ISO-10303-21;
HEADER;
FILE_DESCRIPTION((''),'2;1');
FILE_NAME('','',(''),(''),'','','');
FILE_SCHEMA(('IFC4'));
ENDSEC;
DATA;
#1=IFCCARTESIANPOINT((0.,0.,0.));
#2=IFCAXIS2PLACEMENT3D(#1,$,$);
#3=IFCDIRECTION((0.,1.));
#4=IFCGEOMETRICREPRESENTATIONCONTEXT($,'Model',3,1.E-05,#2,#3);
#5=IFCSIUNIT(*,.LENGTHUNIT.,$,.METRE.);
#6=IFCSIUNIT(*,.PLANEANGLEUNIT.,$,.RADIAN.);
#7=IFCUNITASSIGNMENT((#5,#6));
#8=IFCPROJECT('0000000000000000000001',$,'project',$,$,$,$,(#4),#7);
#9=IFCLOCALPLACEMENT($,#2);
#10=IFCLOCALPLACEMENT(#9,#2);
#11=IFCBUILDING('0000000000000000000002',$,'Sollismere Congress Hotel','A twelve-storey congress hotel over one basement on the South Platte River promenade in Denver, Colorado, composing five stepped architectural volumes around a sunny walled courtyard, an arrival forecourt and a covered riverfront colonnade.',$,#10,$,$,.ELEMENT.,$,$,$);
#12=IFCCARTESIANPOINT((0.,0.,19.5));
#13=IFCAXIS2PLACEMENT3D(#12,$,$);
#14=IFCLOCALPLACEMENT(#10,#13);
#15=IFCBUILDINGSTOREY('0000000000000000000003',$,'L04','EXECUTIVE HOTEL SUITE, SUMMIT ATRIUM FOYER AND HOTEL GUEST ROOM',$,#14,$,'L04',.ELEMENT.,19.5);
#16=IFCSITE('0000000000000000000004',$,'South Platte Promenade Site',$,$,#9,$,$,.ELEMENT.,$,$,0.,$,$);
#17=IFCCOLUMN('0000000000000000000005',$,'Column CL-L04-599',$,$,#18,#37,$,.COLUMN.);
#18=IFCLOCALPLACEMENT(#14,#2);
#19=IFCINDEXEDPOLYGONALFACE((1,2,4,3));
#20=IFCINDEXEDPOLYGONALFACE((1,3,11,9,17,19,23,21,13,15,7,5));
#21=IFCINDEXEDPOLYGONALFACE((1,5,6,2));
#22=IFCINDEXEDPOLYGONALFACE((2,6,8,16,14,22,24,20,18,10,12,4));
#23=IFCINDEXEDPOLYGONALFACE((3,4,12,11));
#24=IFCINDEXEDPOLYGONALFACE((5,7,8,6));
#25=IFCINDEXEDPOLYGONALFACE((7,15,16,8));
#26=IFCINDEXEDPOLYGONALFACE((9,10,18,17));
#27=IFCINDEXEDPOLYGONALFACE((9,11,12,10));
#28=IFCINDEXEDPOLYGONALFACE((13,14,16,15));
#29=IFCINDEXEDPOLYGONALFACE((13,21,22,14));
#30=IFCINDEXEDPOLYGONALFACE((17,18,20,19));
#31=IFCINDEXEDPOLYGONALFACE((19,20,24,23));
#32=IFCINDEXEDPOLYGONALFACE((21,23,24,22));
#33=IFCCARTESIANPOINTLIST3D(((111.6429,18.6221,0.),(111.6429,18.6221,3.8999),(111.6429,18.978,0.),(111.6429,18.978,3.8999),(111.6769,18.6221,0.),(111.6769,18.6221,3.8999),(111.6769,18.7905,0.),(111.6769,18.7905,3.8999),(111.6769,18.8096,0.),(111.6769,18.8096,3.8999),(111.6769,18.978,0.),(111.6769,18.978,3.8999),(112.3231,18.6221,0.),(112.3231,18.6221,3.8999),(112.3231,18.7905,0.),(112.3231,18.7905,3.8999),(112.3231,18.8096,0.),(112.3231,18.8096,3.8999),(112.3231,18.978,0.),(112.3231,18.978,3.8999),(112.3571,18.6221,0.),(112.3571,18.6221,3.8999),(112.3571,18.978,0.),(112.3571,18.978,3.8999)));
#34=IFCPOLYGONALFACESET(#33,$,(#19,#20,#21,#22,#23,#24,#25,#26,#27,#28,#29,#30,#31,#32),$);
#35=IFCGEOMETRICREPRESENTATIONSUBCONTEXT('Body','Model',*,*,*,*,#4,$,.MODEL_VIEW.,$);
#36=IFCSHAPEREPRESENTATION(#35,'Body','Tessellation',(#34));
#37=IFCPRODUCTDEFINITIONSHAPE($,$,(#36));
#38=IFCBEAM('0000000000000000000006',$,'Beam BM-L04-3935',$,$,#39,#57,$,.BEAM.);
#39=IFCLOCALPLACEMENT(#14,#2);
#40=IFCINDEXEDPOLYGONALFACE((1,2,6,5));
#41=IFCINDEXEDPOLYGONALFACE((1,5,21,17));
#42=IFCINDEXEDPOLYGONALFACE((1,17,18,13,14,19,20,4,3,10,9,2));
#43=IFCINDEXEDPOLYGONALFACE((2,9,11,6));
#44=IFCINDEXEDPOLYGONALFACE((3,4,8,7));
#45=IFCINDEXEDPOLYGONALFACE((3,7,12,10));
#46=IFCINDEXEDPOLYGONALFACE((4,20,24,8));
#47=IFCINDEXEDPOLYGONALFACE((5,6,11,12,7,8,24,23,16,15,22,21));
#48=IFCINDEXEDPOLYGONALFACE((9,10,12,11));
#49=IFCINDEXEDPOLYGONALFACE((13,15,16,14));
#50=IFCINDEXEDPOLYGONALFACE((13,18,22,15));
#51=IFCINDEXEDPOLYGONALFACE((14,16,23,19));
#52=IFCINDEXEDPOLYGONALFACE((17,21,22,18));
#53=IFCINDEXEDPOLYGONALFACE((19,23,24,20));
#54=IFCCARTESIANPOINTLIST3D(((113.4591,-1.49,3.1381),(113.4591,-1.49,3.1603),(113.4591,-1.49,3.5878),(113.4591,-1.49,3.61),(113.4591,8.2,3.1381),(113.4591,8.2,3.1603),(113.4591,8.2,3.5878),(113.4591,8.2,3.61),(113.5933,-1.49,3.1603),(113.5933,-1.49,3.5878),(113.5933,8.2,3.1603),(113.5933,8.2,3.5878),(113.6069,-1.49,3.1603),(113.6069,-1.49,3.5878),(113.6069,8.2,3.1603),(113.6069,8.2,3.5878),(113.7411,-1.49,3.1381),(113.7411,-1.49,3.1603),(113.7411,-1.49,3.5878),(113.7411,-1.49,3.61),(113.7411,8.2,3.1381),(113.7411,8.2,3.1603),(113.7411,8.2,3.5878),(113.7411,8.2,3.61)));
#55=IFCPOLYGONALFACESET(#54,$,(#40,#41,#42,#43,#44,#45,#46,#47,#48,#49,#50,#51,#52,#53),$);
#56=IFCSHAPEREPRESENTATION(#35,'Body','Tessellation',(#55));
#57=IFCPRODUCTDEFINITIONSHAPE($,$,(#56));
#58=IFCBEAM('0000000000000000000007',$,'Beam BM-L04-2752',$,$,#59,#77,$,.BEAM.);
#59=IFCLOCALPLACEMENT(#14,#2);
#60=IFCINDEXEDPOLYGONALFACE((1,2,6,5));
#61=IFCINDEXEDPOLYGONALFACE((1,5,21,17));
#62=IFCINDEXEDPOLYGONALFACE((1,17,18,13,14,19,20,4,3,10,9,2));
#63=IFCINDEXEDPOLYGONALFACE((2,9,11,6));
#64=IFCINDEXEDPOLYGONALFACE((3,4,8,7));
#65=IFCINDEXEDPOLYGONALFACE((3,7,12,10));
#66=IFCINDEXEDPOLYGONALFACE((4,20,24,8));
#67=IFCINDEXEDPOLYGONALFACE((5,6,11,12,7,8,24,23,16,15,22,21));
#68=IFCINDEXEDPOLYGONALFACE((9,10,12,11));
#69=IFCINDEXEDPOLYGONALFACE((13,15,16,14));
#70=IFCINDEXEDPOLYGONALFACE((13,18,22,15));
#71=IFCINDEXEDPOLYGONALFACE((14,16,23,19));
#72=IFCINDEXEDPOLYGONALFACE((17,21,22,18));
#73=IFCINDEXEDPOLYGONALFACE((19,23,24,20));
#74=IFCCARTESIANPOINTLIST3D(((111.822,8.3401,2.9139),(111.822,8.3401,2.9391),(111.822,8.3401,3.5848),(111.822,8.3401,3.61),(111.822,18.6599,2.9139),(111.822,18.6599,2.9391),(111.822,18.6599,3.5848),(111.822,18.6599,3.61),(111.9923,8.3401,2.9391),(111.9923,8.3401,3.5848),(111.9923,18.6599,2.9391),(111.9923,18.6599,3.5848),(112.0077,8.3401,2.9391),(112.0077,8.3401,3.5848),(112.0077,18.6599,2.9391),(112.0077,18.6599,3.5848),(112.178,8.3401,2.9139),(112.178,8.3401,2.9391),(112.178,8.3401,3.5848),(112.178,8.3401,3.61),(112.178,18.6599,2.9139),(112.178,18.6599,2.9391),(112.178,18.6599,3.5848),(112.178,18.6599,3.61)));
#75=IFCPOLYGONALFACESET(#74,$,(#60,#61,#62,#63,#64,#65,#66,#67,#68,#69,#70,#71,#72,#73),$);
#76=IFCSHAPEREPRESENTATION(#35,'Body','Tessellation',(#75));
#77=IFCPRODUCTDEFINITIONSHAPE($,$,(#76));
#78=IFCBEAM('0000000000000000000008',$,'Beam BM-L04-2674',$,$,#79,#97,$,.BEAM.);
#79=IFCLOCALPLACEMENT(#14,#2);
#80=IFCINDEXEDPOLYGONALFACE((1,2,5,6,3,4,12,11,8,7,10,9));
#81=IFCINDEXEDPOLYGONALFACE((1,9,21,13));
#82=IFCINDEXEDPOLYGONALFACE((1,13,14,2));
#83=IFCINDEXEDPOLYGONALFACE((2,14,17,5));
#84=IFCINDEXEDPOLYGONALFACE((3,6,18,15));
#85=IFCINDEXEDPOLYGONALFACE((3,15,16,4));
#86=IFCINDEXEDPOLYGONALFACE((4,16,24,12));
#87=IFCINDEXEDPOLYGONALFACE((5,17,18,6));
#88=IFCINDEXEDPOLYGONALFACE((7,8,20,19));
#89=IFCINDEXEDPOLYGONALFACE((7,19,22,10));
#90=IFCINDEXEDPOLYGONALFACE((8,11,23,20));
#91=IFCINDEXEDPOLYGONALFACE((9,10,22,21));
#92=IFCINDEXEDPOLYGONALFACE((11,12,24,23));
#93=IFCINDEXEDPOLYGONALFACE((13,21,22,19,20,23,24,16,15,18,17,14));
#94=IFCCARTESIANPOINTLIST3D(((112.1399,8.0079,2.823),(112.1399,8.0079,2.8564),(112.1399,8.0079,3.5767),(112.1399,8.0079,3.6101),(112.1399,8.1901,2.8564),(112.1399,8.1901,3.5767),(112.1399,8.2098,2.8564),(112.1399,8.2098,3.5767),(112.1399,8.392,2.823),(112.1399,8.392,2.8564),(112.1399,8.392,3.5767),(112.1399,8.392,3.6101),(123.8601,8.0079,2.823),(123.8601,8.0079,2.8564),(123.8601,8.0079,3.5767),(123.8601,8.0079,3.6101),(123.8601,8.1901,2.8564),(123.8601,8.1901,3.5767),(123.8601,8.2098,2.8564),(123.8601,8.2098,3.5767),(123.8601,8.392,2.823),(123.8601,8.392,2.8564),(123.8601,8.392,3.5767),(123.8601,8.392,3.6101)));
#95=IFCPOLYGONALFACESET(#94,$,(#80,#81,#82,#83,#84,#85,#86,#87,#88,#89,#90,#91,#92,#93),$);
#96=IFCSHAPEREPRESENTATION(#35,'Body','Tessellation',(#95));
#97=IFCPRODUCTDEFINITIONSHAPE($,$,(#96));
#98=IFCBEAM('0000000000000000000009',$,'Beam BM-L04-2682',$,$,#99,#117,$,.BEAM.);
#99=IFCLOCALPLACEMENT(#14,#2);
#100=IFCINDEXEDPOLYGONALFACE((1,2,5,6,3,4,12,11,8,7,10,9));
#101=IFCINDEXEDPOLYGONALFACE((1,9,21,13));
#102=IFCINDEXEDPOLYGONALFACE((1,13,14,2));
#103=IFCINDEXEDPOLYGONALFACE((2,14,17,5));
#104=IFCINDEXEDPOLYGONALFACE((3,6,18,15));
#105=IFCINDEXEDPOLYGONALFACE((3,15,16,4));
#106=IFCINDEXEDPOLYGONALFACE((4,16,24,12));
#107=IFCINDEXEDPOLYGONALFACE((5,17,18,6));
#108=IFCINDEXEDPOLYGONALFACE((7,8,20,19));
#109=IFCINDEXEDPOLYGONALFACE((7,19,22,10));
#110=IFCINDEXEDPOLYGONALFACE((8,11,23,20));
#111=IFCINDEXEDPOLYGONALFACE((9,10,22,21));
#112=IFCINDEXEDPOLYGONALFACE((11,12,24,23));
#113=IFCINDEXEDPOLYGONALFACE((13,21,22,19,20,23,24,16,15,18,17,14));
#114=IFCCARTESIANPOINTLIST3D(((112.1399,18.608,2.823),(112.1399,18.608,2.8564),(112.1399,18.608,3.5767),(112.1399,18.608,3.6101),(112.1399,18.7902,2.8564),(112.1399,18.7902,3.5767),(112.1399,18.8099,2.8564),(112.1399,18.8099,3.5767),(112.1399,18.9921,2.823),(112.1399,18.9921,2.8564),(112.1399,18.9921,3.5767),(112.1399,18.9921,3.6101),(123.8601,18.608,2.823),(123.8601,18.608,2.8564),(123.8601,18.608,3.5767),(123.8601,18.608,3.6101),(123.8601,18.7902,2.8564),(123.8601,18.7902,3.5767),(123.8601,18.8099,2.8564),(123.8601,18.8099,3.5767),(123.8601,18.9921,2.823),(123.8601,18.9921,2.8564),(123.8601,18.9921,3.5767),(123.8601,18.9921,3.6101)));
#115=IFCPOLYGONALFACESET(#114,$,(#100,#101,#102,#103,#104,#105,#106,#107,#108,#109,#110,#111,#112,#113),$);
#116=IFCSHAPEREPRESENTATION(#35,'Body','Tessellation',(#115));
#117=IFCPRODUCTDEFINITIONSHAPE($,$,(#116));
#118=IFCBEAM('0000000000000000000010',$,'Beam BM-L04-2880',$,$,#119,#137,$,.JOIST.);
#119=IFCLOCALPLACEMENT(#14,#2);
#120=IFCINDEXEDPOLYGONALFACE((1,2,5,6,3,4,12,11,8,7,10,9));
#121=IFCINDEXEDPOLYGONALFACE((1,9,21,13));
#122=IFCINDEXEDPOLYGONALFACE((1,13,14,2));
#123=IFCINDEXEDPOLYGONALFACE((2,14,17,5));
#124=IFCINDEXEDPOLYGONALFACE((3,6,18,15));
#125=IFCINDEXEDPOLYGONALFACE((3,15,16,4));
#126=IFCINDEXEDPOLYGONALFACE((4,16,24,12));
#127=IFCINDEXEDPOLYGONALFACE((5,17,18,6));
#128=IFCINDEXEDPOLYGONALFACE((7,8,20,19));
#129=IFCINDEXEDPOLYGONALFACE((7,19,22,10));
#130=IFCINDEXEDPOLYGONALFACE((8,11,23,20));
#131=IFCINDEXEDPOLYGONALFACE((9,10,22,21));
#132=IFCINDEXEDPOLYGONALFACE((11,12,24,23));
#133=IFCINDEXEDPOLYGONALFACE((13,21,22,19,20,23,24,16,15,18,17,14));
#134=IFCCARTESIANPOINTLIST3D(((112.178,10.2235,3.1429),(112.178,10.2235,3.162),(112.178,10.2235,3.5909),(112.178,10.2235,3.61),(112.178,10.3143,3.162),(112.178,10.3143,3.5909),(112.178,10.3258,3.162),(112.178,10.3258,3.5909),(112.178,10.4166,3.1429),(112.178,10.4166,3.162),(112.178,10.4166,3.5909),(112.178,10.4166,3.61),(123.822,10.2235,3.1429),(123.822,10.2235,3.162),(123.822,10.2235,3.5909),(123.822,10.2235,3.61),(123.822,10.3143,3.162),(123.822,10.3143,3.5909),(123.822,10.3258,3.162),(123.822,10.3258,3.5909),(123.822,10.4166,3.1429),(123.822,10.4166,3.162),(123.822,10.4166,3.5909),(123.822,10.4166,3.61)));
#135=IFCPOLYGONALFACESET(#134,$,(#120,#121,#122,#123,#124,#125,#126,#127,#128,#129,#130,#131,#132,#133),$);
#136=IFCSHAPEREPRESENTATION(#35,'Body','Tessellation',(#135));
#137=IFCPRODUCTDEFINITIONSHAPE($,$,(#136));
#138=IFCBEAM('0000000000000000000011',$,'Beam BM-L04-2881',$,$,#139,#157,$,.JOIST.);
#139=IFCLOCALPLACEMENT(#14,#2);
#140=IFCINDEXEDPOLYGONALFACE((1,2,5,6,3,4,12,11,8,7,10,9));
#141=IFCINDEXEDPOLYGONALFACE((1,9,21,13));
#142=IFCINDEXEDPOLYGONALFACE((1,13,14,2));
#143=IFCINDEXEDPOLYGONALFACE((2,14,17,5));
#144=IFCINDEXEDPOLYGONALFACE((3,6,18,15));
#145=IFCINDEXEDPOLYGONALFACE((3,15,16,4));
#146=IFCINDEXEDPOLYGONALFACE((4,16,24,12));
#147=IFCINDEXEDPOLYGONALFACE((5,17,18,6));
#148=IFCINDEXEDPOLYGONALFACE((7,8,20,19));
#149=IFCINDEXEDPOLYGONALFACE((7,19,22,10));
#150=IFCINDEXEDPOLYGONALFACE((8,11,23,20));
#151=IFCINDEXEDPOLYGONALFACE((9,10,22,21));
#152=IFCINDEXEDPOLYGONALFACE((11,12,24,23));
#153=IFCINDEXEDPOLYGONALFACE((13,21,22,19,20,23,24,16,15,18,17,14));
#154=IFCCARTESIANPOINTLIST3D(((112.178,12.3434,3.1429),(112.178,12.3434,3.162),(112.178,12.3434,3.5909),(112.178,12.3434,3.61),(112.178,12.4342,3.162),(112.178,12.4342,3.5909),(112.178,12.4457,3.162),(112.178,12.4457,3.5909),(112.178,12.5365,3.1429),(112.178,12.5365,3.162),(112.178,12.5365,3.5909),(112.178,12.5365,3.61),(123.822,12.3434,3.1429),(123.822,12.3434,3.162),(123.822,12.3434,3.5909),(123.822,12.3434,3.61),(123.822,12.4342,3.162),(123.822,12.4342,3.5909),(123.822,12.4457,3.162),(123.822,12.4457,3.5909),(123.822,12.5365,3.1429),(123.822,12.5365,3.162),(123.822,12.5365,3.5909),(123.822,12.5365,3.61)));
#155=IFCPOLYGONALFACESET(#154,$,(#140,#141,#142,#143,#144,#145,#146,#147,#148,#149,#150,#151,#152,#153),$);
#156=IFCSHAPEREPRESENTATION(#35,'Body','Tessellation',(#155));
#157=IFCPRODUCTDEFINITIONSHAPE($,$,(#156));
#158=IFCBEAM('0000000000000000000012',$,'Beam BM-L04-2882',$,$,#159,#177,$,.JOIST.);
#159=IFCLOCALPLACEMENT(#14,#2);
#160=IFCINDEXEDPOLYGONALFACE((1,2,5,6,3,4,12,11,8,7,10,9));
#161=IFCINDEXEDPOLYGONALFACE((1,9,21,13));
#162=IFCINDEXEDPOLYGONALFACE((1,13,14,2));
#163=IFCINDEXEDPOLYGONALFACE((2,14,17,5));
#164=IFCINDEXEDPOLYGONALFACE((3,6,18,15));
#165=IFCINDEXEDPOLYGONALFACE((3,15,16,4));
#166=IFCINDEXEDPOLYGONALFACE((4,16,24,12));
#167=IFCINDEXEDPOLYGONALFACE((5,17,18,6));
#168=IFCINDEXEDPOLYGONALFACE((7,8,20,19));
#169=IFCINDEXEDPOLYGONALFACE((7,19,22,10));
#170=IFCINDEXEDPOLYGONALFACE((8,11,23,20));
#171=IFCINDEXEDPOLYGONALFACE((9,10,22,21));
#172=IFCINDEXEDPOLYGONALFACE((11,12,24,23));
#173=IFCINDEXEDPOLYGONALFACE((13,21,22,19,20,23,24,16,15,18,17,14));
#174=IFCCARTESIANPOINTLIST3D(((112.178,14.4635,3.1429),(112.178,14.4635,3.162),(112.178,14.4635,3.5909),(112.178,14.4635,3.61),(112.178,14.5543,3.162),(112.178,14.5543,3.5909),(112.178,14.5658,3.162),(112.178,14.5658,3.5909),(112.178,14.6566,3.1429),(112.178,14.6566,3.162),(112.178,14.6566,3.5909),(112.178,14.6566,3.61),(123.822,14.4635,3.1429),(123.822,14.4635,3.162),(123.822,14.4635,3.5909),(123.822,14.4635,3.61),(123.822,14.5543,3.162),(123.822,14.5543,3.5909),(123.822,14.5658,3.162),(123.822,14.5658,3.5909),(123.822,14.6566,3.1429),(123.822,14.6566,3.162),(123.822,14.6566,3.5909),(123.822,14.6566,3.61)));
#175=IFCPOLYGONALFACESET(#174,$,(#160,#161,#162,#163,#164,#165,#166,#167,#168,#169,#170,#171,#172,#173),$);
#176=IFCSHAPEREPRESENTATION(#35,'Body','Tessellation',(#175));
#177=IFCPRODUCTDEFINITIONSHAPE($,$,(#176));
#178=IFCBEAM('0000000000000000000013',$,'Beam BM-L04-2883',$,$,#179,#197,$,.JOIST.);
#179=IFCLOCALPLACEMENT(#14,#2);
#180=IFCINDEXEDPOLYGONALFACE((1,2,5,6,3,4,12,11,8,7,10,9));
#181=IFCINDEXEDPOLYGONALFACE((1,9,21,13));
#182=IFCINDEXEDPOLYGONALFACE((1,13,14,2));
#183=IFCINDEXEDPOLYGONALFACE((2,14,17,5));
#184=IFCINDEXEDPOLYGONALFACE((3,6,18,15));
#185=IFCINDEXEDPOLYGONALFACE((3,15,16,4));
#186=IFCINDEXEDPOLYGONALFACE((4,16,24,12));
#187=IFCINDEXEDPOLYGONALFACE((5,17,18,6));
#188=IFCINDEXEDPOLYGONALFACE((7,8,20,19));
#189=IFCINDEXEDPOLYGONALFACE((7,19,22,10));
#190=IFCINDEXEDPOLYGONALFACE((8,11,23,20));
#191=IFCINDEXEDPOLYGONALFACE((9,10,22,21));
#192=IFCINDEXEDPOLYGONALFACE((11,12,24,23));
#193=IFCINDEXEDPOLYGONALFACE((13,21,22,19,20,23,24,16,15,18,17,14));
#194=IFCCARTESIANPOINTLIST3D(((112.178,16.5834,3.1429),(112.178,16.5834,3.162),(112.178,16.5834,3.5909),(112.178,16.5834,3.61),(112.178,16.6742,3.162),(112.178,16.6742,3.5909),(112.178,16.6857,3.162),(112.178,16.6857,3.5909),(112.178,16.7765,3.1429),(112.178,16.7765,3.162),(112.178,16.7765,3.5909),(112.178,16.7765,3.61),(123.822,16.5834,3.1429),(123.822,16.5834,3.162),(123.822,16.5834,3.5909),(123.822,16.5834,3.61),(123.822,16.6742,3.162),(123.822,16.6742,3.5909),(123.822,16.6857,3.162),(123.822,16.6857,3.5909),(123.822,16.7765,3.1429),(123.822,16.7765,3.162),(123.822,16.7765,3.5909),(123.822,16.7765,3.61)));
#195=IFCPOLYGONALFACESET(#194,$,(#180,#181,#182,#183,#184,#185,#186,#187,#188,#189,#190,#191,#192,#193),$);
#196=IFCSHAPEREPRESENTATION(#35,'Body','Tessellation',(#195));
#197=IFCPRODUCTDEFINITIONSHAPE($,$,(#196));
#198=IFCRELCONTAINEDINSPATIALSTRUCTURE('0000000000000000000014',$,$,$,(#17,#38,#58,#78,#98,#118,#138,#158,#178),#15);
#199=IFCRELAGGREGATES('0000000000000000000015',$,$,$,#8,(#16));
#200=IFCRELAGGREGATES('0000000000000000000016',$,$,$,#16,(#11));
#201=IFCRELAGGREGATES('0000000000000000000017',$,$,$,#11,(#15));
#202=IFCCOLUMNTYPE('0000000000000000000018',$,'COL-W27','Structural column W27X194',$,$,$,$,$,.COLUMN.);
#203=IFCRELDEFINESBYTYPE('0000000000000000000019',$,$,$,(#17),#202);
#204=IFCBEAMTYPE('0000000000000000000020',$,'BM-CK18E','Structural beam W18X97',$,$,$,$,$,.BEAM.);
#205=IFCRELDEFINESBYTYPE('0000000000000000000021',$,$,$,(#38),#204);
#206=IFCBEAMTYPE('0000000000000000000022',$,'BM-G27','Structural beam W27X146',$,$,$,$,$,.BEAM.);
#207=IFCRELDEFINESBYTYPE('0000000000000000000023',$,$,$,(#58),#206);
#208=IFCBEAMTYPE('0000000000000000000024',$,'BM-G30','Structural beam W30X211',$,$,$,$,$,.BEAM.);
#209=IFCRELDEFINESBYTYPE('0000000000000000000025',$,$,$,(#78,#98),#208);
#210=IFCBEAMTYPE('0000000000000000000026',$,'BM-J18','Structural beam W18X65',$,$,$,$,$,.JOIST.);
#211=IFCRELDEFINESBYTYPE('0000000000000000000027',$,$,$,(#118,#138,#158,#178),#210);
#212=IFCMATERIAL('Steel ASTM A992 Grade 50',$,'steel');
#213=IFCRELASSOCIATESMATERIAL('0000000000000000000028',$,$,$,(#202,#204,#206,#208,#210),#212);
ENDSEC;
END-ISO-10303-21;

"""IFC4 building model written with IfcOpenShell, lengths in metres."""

from ifc_helpers import new_model, si_unit, direction, frame, origin, origin_2d, place, context, subcontext, project, spatial, i_section, extrude, material, material_profile, profile_set, type_object, element, save


model = new_model("IFC4")

# Units and contexts
model_context = context("Model", 3, precision=1e-05, world=origin(), true_north=direction((0.0, 1.0)))
body_context = subcontext(model_context, "Body", "Model", "MODEL_VIEW")
ifc_project = project(units=[si_unit("LENGTHUNIT", "METRE"), si_unit("PLANEANGLEUNIT", "RADIAN")], contexts=[model_context])

# Site, building, storey
site_placement = place(None, origin())
site = spatial("IfcSite", under=ifc_project, at=site_placement, Name="South Platte Promenade Site", CompositionType="ELEMENT", RefElevation=0.0)
building_placement = place(site_placement, origin())
building = spatial("IfcBuilding", under=site, at=building_placement, Name="Sollismere Congress Hotel", Description="A twelve-storey congress hotel over one basement on the South Platte River promenade in Denver, Colorado, composing five stepped architectural volumes around a sunny walled courtyard, an arrival forecourt and a covered riverfront colonnade.", CompositionType="ELEMENT")
storey_placement = place(building_placement, frame((0.0, 0.0, 19.5)))
storey = spatial("IfcBuildingStorey", under=building, at=storey_placement, Name="L04", Description="EXECUTIVE HOTEL SUITE, SUMMIT ATRIUM FOYER AND HOTEL GUEST ROOM", LongName="L04", CompositionType="ELEMENT", Elevation=19.5)

# Column
ifc_material_1 = material(Name="Steel ASTM A992 Grade 50", Category="steel")
ifc_material_profile_1 = material_profile(ifc_material_1, i_section(OverallWidth=0.356, OverallDepth=0.7141, WebThickness=0.019, FlangeThickness=0.0339, at=origin_2d()), Name="W27X194")
ifc_profile_set_1 = profile_set([ifc_material_profile_1], Name="Steel ASTM A992 Grade 50")
column_type = type_object("IfcColumnType", Name="COL-W27", Description="Structural column W27X194", PredefinedType="COLUMN", material=ifc_profile_set_1)
column_placement = place(storey_placement, frame((112.0, 18.8, 0.0), z_axis=(0.0, 0.0, 1.0), x_axis=(0.0, 1.0, 0.0)))
element("IfcColumn", 1, at=column_placement, inside=storey, type_object=column_type, Name="Column CL-L04-599", PredefinedType="COLUMN", context=body_context, shape_type="SweptSolid", body=[
    extrude(i_section(OverallWidth=0.356, OverallDepth=0.7141, WebThickness=0.019, FlangeThickness=0.0339, at=origin_2d()), origin(), (0.0, 0.0, 1.0), 3.8999),
])

# Beams
ifc_material_profile_2 = material_profile(ifc_material_1, i_section(OverallWidth=0.282, OverallDepth=0.4719, WebThickness=0.0137, FlangeThickness=0.0222, at=origin_2d()), Name="W18X97")
ifc_profile_set_2 = profile_set([ifc_material_profile_2], Name="Steel ASTM A992 Grade 50")
beam_type_1 = type_object("IfcBeamType", Name="BM-CK18E", Description="Structural beam W18X97", PredefinedType="BEAM", material=ifc_profile_set_2)
beam_1_placement = place(storey_placement, frame((113.6001, 8.2, 3.374), z_axis=(0.0, -1.0, 0.0), x_axis=(1.0, 0.0, 0.0)))
element("IfcBeam", 2, at=beam_1_placement, inside=storey, type_object=beam_type_1, Name="Beam BM-L04-3935", PredefinedType="BEAM", context=body_context, shape_type="SweptSolid", body=[
    extrude(i_section(OverallWidth=0.282, OverallDepth=0.4719, WebThickness=0.0137, FlangeThickness=0.0222, at=origin_2d()), origin(), (0.0, 0.0, 1.0), 9.6899),
])
ifc_material_profile_3 = material_profile(ifc_material_1, i_section(OverallWidth=0.356, OverallDepth=0.696, WebThickness=0.0154, FlangeThickness=0.0251, at=origin_2d()), Name="W27X146")
ifc_profile_set_3 = profile_set([ifc_material_profile_3], Name="Steel ASTM A992 Grade 50")
beam_type_2 = type_object("IfcBeamType", Name="BM-G27", Description="Structural beam W27X146", PredefinedType="BEAM", material=ifc_profile_set_3)
beam_2_placement = place(storey_placement, frame((112.0, 8.3401, 3.262), z_axis=(0.0, 1.0, 0.0), x_axis=(-1.0, 0.0, 0.0)))
element("IfcBeam", 3, at=beam_2_placement, inside=storey, type_object=beam_type_2, Name="Beam BM-L04-2752", PredefinedType="BEAM", context=body_context, shape_type="SweptSolid", body=[
    extrude(i_section(OverallWidth=0.356, OverallDepth=0.696, WebThickness=0.0154, FlangeThickness=0.0251, at=origin_2d()), origin(), (0.0, 0.0, 1.0), 10.3198),
])
ifc_material_profile_4 = material_profile(ifc_material_1, i_section(OverallWidth=0.384, OverallDepth=0.7871, WebThickness=0.0198, FlangeThickness=0.0334, at=origin_2d()), Name="W30X211")
ifc_profile_set_4 = profile_set([ifc_material_profile_4], Name="Steel ASTM A992 Grade 50")
beam_type_3 = type_object("IfcBeamType", Name="BM-G30", Description="Structural beam W30X211", PredefinedType="BEAM", material=ifc_profile_set_4)
for number, where, z_axis, x_axis, name in (
    (4, (112.1399, 8.2, 3.2166), (1.0, 0.0, 0.0), (0.0, 1.0, 0.0), "Beam BM-L04-2674"),
    (5, (112.1399, 18.8, 3.2166), (1.0, 0.0, 0.0), (0.0, 1.0, 0.0), "Beam BM-L04-2682"),
):
    element("IfcBeam", number, at=place(storey_placement, frame(where, z_axis=z_axis, x_axis=x_axis)), inside=storey, type_object=beam_type_3, Name=name, PredefinedType="BEAM", context=body_context, shape_type="SweptSolid", body=[
        extrude(i_section(OverallWidth=0.384, OverallDepth=0.7871, WebThickness=0.0198, FlangeThickness=0.0334, at=origin_2d()), origin(), (0.0, 0.0, 1.0), 11.7202),
    ])
ifc_material_profile_5 = material_profile(ifc_material_1, i_section(OverallWidth=0.1931, OverallDepth=0.467, WebThickness=0.0115, FlangeThickness=0.019, at=origin_2d()), Name="W18X65")
ifc_profile_set_5 = profile_set([ifc_material_profile_5], Name="Steel ASTM A992 Grade 50")
beam_type_4 = type_object("IfcBeamType", Name="BM-J18", Description="Structural beam W18X65", PredefinedType="JOIST", material=ifc_profile_set_5)
for number, where, z_axis, x_axis, name in (
    (6, (112.178, 10.3201, 3.3765), (1.0, 0.0, 0.0), (0.0, 1.0, 0.0), "Beam BM-L04-2880"),
    (7, (112.178, 12.4399, 3.3765), (1.0, 0.0, 0.0), (0.0, 1.0, 0.0), "Beam BM-L04-2881"),
    (8, (112.178, 14.5601, 3.3765), (1.0, 0.0, 0.0), (0.0, 1.0, 0.0), "Beam BM-L04-2882"),
    (9, (112.178, 16.6799, 3.3765), (1.0, 0.0, 0.0), (0.0, 1.0, 0.0), "Beam BM-L04-2883"),
):
    element("IfcBeam", number, at=place(storey_placement, frame(where, z_axis=z_axis, x_axis=x_axis)), inside=storey, type_object=beam_type_4, Name=name, PredefinedType="JOIST", context=body_context, shape_type="SweptSolid", body=[
        extrude(i_section(OverallWidth=0.1931, OverallDepth=0.467, WebThickness=0.0115, FlangeThickness=0.019, at=origin_2d()), origin(), (0.0, 0.0, 1.0), 11.644),
    ])

save(model, "model.ifc")
